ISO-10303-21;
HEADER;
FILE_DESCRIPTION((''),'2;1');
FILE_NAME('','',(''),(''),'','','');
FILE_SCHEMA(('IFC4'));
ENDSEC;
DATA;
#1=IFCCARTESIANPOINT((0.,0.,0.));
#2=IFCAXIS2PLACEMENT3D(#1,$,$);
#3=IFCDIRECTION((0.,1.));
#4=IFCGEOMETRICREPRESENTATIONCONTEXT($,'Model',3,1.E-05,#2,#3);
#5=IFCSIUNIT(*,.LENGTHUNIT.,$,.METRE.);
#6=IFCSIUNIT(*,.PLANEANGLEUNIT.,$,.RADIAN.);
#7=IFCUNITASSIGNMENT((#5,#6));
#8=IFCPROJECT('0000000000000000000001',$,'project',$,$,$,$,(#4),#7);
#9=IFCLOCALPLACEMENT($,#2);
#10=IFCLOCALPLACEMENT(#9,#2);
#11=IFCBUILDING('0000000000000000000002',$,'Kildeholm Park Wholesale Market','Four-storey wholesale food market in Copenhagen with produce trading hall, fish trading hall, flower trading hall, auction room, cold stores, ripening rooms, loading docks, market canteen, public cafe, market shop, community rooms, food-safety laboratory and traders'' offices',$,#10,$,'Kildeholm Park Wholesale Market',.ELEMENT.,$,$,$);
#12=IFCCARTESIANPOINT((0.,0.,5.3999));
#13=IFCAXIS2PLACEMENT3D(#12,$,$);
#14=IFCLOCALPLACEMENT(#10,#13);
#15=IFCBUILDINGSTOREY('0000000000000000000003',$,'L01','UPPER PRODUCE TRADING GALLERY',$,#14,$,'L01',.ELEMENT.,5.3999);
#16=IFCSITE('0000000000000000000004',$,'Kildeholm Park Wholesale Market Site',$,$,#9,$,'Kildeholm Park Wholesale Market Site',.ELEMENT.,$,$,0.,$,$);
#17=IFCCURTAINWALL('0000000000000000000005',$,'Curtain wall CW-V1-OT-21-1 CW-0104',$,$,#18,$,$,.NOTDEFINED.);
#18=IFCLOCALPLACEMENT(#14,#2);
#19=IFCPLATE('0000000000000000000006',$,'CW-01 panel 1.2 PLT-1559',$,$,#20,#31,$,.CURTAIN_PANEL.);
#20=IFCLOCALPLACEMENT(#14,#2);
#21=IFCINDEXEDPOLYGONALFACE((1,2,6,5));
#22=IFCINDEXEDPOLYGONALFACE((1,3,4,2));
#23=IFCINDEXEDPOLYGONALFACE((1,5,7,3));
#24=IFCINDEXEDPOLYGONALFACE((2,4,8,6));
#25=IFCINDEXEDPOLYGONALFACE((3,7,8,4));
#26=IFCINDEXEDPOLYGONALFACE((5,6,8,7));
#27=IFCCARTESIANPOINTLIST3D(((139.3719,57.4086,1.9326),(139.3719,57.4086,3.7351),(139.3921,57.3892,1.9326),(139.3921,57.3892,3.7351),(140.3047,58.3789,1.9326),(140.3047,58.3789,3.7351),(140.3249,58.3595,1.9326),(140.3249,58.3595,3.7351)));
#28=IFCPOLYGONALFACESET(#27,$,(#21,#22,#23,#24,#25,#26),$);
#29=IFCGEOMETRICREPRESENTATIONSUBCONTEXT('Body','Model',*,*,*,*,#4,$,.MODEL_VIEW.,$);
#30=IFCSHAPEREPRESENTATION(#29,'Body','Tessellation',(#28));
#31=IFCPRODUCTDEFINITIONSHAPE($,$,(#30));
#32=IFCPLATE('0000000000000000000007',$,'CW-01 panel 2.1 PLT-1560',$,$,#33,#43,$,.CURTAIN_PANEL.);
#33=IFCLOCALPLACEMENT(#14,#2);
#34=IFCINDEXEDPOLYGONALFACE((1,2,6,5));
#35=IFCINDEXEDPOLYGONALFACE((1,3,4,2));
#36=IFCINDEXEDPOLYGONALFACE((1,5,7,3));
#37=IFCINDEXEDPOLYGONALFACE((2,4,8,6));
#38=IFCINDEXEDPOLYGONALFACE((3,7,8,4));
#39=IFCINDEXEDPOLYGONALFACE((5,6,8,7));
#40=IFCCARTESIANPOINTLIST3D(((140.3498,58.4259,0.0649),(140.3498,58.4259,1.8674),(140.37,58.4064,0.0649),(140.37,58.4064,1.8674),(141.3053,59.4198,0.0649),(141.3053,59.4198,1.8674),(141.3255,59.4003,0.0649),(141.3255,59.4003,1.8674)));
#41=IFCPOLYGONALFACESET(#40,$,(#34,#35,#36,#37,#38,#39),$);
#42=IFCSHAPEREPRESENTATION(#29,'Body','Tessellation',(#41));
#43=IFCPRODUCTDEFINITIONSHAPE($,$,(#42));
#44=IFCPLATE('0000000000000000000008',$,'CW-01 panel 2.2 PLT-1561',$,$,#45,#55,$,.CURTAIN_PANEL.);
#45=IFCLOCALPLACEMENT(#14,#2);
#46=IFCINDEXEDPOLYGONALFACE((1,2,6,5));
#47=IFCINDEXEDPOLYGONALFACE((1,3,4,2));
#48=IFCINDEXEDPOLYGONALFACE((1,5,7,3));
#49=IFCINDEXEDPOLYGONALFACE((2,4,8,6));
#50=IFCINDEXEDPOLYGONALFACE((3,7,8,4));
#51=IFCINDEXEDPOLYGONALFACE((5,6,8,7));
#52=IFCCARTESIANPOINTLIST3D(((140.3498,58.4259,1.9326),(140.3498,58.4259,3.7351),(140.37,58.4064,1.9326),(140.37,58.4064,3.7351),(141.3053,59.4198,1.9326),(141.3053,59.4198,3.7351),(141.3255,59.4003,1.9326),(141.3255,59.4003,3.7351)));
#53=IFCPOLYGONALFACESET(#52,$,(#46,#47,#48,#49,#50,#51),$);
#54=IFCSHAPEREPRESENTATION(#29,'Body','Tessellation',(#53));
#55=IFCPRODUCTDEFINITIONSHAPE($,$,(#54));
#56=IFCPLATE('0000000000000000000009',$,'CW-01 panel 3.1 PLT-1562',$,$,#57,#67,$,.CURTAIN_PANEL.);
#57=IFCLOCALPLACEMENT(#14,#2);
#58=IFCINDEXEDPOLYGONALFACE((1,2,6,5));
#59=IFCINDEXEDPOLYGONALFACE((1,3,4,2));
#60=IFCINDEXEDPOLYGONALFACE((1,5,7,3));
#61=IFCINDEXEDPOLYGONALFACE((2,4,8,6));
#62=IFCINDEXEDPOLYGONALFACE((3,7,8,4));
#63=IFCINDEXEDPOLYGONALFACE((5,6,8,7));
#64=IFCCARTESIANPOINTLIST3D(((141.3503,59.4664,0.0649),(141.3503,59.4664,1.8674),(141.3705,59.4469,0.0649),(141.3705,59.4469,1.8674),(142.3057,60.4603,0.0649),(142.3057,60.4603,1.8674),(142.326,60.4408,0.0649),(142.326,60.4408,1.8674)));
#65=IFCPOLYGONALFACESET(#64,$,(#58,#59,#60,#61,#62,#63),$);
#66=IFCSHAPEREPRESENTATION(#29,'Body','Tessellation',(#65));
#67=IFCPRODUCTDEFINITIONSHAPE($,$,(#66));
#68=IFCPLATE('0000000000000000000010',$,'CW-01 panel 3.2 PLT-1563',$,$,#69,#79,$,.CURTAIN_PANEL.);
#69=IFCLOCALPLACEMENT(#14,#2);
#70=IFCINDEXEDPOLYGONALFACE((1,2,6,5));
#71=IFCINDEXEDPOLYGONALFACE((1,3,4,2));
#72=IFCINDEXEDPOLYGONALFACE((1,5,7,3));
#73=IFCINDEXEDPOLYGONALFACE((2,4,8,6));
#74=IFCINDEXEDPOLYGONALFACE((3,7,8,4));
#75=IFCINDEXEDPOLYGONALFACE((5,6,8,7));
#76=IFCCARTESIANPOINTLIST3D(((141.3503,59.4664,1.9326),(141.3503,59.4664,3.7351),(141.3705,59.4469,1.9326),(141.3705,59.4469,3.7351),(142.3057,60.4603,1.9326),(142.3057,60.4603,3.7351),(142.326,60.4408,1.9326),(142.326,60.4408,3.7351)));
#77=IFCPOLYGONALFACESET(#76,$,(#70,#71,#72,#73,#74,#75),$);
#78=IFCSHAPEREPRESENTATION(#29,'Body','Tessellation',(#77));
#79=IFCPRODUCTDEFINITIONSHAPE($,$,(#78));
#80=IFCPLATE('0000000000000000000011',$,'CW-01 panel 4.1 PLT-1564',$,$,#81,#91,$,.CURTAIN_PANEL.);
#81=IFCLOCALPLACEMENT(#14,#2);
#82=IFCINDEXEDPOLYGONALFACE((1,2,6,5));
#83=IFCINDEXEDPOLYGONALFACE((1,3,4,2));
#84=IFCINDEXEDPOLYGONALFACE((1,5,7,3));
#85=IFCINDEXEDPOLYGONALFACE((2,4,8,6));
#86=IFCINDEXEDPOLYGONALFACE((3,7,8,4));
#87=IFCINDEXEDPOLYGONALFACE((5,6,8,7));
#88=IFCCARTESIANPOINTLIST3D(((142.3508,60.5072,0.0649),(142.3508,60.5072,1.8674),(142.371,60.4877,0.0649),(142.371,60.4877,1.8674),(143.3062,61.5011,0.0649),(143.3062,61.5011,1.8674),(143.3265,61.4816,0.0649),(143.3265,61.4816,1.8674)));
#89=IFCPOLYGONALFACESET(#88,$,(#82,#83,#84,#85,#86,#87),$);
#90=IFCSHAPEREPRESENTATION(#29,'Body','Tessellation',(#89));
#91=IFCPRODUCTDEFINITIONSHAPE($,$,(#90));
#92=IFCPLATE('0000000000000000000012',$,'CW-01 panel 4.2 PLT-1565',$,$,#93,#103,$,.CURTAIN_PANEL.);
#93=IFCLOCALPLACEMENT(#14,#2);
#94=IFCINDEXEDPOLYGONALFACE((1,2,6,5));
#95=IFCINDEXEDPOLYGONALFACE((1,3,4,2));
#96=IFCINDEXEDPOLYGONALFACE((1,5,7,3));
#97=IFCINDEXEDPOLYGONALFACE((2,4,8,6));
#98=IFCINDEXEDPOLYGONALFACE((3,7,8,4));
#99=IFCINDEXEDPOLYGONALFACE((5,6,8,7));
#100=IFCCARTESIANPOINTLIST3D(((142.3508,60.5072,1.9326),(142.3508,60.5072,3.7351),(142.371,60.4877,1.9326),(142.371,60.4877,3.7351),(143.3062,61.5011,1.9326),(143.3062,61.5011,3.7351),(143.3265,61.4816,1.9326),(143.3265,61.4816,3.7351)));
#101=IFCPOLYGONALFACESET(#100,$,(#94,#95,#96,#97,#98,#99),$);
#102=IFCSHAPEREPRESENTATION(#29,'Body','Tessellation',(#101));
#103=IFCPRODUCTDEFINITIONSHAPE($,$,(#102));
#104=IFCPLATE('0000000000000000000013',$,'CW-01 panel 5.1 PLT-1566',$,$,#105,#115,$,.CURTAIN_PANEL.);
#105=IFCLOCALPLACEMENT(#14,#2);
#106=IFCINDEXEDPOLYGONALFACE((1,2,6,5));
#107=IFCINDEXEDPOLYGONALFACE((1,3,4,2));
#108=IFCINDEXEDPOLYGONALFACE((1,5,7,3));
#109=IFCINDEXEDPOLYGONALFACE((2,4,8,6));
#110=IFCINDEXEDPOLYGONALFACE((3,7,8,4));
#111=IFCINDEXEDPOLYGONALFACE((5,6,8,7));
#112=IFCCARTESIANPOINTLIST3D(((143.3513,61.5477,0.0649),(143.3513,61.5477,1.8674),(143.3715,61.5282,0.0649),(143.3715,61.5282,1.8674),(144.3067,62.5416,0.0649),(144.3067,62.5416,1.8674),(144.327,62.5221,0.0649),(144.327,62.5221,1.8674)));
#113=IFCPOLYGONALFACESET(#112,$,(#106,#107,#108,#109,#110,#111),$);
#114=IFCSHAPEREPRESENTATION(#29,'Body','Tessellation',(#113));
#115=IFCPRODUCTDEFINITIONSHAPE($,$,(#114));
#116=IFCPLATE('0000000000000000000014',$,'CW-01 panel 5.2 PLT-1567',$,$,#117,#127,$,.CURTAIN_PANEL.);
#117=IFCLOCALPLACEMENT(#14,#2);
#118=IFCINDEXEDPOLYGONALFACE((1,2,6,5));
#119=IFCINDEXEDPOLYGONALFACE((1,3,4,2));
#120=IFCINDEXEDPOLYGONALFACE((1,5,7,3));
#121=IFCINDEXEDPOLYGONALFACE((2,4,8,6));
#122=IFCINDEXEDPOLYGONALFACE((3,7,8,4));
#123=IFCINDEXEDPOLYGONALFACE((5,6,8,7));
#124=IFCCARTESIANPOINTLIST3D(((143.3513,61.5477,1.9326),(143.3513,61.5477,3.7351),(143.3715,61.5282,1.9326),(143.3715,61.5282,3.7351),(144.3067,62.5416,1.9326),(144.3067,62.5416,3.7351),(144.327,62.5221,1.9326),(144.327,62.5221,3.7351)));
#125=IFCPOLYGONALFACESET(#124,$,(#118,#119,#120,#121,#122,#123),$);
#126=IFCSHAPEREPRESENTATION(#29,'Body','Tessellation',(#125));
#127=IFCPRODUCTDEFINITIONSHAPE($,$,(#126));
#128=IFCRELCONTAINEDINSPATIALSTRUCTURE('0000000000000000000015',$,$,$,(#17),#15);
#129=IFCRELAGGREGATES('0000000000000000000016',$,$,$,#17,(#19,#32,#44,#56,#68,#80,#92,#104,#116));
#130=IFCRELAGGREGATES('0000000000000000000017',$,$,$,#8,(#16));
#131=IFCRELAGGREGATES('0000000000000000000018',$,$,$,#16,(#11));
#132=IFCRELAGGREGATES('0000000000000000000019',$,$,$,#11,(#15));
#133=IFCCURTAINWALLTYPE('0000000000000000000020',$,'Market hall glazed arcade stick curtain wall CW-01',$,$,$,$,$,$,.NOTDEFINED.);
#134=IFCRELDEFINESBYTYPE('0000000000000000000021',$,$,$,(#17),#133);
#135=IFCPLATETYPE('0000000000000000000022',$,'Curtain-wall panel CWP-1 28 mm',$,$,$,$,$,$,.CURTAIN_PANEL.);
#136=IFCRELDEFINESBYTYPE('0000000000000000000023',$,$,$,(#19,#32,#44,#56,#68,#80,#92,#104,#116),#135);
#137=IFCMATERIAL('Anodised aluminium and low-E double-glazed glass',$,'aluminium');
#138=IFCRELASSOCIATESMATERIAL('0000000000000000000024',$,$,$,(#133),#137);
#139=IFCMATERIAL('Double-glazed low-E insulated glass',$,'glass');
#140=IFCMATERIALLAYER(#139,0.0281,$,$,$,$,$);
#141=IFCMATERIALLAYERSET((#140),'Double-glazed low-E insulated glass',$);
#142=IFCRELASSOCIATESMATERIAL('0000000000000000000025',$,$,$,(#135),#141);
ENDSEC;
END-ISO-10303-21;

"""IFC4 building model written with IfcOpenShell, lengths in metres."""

from ifc_helpers import new_model, si_unit, direction, frame, origin, origin_2d, place, context, subcontext, project, spatial, rectangle, extrude, material, layer, layer_set, type_object, element, aggregate, save


model = new_model("IFC4")

# Units and contexts
model_context = context("Model", 3, precision=1e-05, world=origin(), true_north=direction((0.0, 1.0)))
body_context = subcontext(model_context, "Body", "Model", "MODEL_VIEW")
ifc_project = project(units=[si_unit("LENGTHUNIT", "METRE"), si_unit("PLANEANGLEUNIT", "RADIAN")], contexts=[model_context])

# Site, building, storey
site_placement = place(None, origin())
site = spatial("IfcSite", under=ifc_project, at=site_placement, Name="Kildeholm Park Wholesale Market Site", LongName="Kildeholm Park Wholesale Market Site", CompositionType="ELEMENT", RefElevation=0.0)
building_placement = place(site_placement, origin())
building = spatial("IfcBuilding", under=site, at=building_placement, Name="Kildeholm Park Wholesale Market", Description="Four-storey wholesale food market in Copenhagen with produce trading hall, fish trading hall, flower trading hall, auction room, cold stores, ripening rooms, loading docks, market canteen, public cafe, market shop, community rooms, food-safety laboratory and traders' offices", LongName="Kildeholm Park Wholesale Market", CompositionType="ELEMENT")
storey_placement = place(building_placement, frame((0.0, 0.0, 5.3999)))
storey = spatial("IfcBuildingStorey", under=building, at=storey_placement, Name="L01", Description="UPPER PRODUCE TRADING GALLERY", LongName="L01", CompositionType="ELEMENT", Elevation=5.3999)

# Curtain wall, plates
ifc_material_1 = material(Name="Anodised aluminium and low-E double-glazed glass", Category="aluminium")
curtain_wall_type = type_object("IfcCurtainWallType", Name="Market hall glazed arcade stick curtain wall CW-01", PredefinedType="NOTDEFINED", material=ifc_material_1)
curtain_wall_placement = place(storey_placement, origin())
curtain_wall = element("IfcCurtainWall", 1, at=curtain_wall_placement, inside=storey, type_object=curtain_wall_type, Name="Curtain wall CW-V1-OT-21-1 CW-0104", PredefinedType="NOTDEFINED")
ifc_material_2 = material(Name="Double-glazed low-E insulated glass", Category="glass")
ifc_layer = layer(ifc_material_2, 0.0281)
ifc_layer_set = layer_set([ifc_layer], Name="Double-glazed low-E insulated glass")
plate_type = type_object("IfcPlateType", Name="Curtain-wall panel CWP-1 28 mm", PredefinedType="CURTAIN_PANEL", material=ifc_layer_set)
plate_1_placement = place(storey_placement, frame((139.8484, 57.884, 1.9326), z_axis=(0.0, 0.0, 1.0), x_axis=(0.693038, 0.720901, 0.0)))
plate_1 = element("IfcPlate", 2, at=plate_1_placement, type_object=plate_type, Name="CW-01 panel 1.2 PLT-1559", PredefinedType="CURTAIN_PANEL", context=body_context, shape_type="SweptSolid", body=[
    extrude(rectangle(XDim=1.3459, YDim=0.0281, at=origin_2d()), origin(), (0.0, 0.0, 1.0), 1.8025),
])
plate_2_placement = place(storey_placement, frame((140.8376, 58.9131, 0.0649), z_axis=(0.0, 0.0, 1.0), x_axis=(0.693038, 0.720901, 0.0)))
plate_2 = element("IfcPlate", 3, at=plate_2_placement, type_object=plate_type, Name="CW-01 panel 2.1 PLT-1560", PredefinedType="CURTAIN_PANEL", context=body_context, shape_type="SweptSolid", body=[
    extrude(rectangle(XDim=1.3787, YDim=0.0281, at=origin_2d()), origin(), (0.0, 0.0, 1.0), 1.8025),
])
plate_3_placement = place(storey_placement, frame((140.8376, 58.9131, 1.9326), z_axis=(0.0, 0.0, 1.0), x_axis=(0.693038, 0.720901, 0.0)))
plate_3 = element("IfcPlate", 4, at=plate_3_placement, type_object=plate_type, Name="CW-01 panel 2.2 PLT-1561", PredefinedType="CURTAIN_PANEL", context=body_context, shape_type="SweptSolid", body=[
    extrude(rectangle(XDim=1.3787, YDim=0.0281, at=origin_2d()), origin(), (0.0, 0.0, 1.0), 1.8025),
])
plate_4_placement = place(storey_placement, frame((141.8381, 59.9536, 0.0649), z_axis=(0.0, 0.0, 1.0), x_axis=(0.693038, 0.720901, 0.0)))
plate_4 = element("IfcPlate", 5, at=plate_4_placement, type_object=plate_type, Name="CW-01 panel 3.1 PLT-1562", PredefinedType="CURTAIN_PANEL", context=body_context, shape_type="SweptSolid", body=[
    extrude(rectangle(XDim=1.3787, YDim=0.0281, at=origin_2d()), origin(), (0.0, 0.0, 1.0), 1.8025),
])
plate_5_placement = place(storey_placement, frame((141.8381, 59.9536, 1.9326), z_axis=(0.0, 0.0, 1.0), x_axis=(0.693038, 0.720901, 0.0)))
plate_5 = element("IfcPlate", 6, at=plate_5_placement, type_object=plate_type, Name="CW-01 panel 3.2 PLT-1563", PredefinedType="CURTAIN_PANEL", context=body_context, shape_type="SweptSolid", body=[
    extrude(rectangle(XDim=1.3787, YDim=0.0281, at=origin_2d()), origin(), (0.0, 0.0, 1.0), 1.8025),
])
plate_6_placement = place(storey_placement, frame((142.8386, 60.9944, 0.0649), z_axis=(0.0, 0.0, 1.0), x_axis=(0.693038, 0.720901, 0.0)))
plate_6 = element("IfcPlate", 7, at=plate_6_placement, type_object=plate_type, Name="CW-01 panel 4.1 PLT-1564", PredefinedType="CURTAIN_PANEL", context=body_context, shape_type="SweptSolid", body=[
    extrude(rectangle(XDim=1.3787, YDim=0.0281, at=origin_2d()), origin(), (0.0, 0.0, 1.0), 1.8025),
])
plate_7_placement = place(storey_placement, frame((142.8386, 60.9944, 1.9326), z_axis=(0.0, 0.0, 1.0), x_axis=(0.693038, 0.720901, 0.0)))
plate_7 = element("IfcPlate", 8, at=plate_7_placement, type_object=plate_type, Name="CW-01 panel 4.2 PLT-1565", PredefinedType="CURTAIN_PANEL", context=body_context, shape_type="SweptSolid", body=[
    extrude(rectangle(XDim=1.3787, YDim=0.0281, at=origin_2d()), origin(), (0.0, 0.0, 1.0), 1.8025),
])
plate_8_placement = place(storey_placement, frame((143.8391, 62.0349, 0.0649), z_axis=(0.0, 0.0, 1.0), x_axis=(0.693038, 0.720901, 0.0)))
plate_8 = element("IfcPlate", 9, at=plate_8_placement, type_object=plate_type, Name="CW-01 panel 5.1 PLT-1566", PredefinedType="CURTAIN_PANEL", context=body_context, shape_type="SweptSolid", body=[
    extrude(rectangle(XDim=1.3787, YDim=0.0281, at=origin_2d()), origin(), (0.0, 0.0, 1.0), 1.8025),
])
plate_9_placement = place(storey_placement, frame((143.8391, 62.0349, 1.9326), z_axis=(0.0, 0.0, 1.0), x_axis=(0.693038, 0.720901, 0.0)))
plate_9 = element("IfcPlate", 10, at=plate_9_placement, type_object=plate_type, Name="CW-01 panel 5.2 PLT-1567", PredefinedType="CURTAIN_PANEL", context=body_context, shape_type="SweptSolid", body=[
    extrude(rectangle(XDim=1.3787, YDim=0.0281, at=origin_2d()), origin(), (0.0, 0.0, 1.0), 1.8025),
])
aggregate(curtain_wall, [plate_1, plate_2, plate_3, plate_4, plate_5, plate_6, plate_7, plate_8, plate_9])

save(model, "model.ifc")
